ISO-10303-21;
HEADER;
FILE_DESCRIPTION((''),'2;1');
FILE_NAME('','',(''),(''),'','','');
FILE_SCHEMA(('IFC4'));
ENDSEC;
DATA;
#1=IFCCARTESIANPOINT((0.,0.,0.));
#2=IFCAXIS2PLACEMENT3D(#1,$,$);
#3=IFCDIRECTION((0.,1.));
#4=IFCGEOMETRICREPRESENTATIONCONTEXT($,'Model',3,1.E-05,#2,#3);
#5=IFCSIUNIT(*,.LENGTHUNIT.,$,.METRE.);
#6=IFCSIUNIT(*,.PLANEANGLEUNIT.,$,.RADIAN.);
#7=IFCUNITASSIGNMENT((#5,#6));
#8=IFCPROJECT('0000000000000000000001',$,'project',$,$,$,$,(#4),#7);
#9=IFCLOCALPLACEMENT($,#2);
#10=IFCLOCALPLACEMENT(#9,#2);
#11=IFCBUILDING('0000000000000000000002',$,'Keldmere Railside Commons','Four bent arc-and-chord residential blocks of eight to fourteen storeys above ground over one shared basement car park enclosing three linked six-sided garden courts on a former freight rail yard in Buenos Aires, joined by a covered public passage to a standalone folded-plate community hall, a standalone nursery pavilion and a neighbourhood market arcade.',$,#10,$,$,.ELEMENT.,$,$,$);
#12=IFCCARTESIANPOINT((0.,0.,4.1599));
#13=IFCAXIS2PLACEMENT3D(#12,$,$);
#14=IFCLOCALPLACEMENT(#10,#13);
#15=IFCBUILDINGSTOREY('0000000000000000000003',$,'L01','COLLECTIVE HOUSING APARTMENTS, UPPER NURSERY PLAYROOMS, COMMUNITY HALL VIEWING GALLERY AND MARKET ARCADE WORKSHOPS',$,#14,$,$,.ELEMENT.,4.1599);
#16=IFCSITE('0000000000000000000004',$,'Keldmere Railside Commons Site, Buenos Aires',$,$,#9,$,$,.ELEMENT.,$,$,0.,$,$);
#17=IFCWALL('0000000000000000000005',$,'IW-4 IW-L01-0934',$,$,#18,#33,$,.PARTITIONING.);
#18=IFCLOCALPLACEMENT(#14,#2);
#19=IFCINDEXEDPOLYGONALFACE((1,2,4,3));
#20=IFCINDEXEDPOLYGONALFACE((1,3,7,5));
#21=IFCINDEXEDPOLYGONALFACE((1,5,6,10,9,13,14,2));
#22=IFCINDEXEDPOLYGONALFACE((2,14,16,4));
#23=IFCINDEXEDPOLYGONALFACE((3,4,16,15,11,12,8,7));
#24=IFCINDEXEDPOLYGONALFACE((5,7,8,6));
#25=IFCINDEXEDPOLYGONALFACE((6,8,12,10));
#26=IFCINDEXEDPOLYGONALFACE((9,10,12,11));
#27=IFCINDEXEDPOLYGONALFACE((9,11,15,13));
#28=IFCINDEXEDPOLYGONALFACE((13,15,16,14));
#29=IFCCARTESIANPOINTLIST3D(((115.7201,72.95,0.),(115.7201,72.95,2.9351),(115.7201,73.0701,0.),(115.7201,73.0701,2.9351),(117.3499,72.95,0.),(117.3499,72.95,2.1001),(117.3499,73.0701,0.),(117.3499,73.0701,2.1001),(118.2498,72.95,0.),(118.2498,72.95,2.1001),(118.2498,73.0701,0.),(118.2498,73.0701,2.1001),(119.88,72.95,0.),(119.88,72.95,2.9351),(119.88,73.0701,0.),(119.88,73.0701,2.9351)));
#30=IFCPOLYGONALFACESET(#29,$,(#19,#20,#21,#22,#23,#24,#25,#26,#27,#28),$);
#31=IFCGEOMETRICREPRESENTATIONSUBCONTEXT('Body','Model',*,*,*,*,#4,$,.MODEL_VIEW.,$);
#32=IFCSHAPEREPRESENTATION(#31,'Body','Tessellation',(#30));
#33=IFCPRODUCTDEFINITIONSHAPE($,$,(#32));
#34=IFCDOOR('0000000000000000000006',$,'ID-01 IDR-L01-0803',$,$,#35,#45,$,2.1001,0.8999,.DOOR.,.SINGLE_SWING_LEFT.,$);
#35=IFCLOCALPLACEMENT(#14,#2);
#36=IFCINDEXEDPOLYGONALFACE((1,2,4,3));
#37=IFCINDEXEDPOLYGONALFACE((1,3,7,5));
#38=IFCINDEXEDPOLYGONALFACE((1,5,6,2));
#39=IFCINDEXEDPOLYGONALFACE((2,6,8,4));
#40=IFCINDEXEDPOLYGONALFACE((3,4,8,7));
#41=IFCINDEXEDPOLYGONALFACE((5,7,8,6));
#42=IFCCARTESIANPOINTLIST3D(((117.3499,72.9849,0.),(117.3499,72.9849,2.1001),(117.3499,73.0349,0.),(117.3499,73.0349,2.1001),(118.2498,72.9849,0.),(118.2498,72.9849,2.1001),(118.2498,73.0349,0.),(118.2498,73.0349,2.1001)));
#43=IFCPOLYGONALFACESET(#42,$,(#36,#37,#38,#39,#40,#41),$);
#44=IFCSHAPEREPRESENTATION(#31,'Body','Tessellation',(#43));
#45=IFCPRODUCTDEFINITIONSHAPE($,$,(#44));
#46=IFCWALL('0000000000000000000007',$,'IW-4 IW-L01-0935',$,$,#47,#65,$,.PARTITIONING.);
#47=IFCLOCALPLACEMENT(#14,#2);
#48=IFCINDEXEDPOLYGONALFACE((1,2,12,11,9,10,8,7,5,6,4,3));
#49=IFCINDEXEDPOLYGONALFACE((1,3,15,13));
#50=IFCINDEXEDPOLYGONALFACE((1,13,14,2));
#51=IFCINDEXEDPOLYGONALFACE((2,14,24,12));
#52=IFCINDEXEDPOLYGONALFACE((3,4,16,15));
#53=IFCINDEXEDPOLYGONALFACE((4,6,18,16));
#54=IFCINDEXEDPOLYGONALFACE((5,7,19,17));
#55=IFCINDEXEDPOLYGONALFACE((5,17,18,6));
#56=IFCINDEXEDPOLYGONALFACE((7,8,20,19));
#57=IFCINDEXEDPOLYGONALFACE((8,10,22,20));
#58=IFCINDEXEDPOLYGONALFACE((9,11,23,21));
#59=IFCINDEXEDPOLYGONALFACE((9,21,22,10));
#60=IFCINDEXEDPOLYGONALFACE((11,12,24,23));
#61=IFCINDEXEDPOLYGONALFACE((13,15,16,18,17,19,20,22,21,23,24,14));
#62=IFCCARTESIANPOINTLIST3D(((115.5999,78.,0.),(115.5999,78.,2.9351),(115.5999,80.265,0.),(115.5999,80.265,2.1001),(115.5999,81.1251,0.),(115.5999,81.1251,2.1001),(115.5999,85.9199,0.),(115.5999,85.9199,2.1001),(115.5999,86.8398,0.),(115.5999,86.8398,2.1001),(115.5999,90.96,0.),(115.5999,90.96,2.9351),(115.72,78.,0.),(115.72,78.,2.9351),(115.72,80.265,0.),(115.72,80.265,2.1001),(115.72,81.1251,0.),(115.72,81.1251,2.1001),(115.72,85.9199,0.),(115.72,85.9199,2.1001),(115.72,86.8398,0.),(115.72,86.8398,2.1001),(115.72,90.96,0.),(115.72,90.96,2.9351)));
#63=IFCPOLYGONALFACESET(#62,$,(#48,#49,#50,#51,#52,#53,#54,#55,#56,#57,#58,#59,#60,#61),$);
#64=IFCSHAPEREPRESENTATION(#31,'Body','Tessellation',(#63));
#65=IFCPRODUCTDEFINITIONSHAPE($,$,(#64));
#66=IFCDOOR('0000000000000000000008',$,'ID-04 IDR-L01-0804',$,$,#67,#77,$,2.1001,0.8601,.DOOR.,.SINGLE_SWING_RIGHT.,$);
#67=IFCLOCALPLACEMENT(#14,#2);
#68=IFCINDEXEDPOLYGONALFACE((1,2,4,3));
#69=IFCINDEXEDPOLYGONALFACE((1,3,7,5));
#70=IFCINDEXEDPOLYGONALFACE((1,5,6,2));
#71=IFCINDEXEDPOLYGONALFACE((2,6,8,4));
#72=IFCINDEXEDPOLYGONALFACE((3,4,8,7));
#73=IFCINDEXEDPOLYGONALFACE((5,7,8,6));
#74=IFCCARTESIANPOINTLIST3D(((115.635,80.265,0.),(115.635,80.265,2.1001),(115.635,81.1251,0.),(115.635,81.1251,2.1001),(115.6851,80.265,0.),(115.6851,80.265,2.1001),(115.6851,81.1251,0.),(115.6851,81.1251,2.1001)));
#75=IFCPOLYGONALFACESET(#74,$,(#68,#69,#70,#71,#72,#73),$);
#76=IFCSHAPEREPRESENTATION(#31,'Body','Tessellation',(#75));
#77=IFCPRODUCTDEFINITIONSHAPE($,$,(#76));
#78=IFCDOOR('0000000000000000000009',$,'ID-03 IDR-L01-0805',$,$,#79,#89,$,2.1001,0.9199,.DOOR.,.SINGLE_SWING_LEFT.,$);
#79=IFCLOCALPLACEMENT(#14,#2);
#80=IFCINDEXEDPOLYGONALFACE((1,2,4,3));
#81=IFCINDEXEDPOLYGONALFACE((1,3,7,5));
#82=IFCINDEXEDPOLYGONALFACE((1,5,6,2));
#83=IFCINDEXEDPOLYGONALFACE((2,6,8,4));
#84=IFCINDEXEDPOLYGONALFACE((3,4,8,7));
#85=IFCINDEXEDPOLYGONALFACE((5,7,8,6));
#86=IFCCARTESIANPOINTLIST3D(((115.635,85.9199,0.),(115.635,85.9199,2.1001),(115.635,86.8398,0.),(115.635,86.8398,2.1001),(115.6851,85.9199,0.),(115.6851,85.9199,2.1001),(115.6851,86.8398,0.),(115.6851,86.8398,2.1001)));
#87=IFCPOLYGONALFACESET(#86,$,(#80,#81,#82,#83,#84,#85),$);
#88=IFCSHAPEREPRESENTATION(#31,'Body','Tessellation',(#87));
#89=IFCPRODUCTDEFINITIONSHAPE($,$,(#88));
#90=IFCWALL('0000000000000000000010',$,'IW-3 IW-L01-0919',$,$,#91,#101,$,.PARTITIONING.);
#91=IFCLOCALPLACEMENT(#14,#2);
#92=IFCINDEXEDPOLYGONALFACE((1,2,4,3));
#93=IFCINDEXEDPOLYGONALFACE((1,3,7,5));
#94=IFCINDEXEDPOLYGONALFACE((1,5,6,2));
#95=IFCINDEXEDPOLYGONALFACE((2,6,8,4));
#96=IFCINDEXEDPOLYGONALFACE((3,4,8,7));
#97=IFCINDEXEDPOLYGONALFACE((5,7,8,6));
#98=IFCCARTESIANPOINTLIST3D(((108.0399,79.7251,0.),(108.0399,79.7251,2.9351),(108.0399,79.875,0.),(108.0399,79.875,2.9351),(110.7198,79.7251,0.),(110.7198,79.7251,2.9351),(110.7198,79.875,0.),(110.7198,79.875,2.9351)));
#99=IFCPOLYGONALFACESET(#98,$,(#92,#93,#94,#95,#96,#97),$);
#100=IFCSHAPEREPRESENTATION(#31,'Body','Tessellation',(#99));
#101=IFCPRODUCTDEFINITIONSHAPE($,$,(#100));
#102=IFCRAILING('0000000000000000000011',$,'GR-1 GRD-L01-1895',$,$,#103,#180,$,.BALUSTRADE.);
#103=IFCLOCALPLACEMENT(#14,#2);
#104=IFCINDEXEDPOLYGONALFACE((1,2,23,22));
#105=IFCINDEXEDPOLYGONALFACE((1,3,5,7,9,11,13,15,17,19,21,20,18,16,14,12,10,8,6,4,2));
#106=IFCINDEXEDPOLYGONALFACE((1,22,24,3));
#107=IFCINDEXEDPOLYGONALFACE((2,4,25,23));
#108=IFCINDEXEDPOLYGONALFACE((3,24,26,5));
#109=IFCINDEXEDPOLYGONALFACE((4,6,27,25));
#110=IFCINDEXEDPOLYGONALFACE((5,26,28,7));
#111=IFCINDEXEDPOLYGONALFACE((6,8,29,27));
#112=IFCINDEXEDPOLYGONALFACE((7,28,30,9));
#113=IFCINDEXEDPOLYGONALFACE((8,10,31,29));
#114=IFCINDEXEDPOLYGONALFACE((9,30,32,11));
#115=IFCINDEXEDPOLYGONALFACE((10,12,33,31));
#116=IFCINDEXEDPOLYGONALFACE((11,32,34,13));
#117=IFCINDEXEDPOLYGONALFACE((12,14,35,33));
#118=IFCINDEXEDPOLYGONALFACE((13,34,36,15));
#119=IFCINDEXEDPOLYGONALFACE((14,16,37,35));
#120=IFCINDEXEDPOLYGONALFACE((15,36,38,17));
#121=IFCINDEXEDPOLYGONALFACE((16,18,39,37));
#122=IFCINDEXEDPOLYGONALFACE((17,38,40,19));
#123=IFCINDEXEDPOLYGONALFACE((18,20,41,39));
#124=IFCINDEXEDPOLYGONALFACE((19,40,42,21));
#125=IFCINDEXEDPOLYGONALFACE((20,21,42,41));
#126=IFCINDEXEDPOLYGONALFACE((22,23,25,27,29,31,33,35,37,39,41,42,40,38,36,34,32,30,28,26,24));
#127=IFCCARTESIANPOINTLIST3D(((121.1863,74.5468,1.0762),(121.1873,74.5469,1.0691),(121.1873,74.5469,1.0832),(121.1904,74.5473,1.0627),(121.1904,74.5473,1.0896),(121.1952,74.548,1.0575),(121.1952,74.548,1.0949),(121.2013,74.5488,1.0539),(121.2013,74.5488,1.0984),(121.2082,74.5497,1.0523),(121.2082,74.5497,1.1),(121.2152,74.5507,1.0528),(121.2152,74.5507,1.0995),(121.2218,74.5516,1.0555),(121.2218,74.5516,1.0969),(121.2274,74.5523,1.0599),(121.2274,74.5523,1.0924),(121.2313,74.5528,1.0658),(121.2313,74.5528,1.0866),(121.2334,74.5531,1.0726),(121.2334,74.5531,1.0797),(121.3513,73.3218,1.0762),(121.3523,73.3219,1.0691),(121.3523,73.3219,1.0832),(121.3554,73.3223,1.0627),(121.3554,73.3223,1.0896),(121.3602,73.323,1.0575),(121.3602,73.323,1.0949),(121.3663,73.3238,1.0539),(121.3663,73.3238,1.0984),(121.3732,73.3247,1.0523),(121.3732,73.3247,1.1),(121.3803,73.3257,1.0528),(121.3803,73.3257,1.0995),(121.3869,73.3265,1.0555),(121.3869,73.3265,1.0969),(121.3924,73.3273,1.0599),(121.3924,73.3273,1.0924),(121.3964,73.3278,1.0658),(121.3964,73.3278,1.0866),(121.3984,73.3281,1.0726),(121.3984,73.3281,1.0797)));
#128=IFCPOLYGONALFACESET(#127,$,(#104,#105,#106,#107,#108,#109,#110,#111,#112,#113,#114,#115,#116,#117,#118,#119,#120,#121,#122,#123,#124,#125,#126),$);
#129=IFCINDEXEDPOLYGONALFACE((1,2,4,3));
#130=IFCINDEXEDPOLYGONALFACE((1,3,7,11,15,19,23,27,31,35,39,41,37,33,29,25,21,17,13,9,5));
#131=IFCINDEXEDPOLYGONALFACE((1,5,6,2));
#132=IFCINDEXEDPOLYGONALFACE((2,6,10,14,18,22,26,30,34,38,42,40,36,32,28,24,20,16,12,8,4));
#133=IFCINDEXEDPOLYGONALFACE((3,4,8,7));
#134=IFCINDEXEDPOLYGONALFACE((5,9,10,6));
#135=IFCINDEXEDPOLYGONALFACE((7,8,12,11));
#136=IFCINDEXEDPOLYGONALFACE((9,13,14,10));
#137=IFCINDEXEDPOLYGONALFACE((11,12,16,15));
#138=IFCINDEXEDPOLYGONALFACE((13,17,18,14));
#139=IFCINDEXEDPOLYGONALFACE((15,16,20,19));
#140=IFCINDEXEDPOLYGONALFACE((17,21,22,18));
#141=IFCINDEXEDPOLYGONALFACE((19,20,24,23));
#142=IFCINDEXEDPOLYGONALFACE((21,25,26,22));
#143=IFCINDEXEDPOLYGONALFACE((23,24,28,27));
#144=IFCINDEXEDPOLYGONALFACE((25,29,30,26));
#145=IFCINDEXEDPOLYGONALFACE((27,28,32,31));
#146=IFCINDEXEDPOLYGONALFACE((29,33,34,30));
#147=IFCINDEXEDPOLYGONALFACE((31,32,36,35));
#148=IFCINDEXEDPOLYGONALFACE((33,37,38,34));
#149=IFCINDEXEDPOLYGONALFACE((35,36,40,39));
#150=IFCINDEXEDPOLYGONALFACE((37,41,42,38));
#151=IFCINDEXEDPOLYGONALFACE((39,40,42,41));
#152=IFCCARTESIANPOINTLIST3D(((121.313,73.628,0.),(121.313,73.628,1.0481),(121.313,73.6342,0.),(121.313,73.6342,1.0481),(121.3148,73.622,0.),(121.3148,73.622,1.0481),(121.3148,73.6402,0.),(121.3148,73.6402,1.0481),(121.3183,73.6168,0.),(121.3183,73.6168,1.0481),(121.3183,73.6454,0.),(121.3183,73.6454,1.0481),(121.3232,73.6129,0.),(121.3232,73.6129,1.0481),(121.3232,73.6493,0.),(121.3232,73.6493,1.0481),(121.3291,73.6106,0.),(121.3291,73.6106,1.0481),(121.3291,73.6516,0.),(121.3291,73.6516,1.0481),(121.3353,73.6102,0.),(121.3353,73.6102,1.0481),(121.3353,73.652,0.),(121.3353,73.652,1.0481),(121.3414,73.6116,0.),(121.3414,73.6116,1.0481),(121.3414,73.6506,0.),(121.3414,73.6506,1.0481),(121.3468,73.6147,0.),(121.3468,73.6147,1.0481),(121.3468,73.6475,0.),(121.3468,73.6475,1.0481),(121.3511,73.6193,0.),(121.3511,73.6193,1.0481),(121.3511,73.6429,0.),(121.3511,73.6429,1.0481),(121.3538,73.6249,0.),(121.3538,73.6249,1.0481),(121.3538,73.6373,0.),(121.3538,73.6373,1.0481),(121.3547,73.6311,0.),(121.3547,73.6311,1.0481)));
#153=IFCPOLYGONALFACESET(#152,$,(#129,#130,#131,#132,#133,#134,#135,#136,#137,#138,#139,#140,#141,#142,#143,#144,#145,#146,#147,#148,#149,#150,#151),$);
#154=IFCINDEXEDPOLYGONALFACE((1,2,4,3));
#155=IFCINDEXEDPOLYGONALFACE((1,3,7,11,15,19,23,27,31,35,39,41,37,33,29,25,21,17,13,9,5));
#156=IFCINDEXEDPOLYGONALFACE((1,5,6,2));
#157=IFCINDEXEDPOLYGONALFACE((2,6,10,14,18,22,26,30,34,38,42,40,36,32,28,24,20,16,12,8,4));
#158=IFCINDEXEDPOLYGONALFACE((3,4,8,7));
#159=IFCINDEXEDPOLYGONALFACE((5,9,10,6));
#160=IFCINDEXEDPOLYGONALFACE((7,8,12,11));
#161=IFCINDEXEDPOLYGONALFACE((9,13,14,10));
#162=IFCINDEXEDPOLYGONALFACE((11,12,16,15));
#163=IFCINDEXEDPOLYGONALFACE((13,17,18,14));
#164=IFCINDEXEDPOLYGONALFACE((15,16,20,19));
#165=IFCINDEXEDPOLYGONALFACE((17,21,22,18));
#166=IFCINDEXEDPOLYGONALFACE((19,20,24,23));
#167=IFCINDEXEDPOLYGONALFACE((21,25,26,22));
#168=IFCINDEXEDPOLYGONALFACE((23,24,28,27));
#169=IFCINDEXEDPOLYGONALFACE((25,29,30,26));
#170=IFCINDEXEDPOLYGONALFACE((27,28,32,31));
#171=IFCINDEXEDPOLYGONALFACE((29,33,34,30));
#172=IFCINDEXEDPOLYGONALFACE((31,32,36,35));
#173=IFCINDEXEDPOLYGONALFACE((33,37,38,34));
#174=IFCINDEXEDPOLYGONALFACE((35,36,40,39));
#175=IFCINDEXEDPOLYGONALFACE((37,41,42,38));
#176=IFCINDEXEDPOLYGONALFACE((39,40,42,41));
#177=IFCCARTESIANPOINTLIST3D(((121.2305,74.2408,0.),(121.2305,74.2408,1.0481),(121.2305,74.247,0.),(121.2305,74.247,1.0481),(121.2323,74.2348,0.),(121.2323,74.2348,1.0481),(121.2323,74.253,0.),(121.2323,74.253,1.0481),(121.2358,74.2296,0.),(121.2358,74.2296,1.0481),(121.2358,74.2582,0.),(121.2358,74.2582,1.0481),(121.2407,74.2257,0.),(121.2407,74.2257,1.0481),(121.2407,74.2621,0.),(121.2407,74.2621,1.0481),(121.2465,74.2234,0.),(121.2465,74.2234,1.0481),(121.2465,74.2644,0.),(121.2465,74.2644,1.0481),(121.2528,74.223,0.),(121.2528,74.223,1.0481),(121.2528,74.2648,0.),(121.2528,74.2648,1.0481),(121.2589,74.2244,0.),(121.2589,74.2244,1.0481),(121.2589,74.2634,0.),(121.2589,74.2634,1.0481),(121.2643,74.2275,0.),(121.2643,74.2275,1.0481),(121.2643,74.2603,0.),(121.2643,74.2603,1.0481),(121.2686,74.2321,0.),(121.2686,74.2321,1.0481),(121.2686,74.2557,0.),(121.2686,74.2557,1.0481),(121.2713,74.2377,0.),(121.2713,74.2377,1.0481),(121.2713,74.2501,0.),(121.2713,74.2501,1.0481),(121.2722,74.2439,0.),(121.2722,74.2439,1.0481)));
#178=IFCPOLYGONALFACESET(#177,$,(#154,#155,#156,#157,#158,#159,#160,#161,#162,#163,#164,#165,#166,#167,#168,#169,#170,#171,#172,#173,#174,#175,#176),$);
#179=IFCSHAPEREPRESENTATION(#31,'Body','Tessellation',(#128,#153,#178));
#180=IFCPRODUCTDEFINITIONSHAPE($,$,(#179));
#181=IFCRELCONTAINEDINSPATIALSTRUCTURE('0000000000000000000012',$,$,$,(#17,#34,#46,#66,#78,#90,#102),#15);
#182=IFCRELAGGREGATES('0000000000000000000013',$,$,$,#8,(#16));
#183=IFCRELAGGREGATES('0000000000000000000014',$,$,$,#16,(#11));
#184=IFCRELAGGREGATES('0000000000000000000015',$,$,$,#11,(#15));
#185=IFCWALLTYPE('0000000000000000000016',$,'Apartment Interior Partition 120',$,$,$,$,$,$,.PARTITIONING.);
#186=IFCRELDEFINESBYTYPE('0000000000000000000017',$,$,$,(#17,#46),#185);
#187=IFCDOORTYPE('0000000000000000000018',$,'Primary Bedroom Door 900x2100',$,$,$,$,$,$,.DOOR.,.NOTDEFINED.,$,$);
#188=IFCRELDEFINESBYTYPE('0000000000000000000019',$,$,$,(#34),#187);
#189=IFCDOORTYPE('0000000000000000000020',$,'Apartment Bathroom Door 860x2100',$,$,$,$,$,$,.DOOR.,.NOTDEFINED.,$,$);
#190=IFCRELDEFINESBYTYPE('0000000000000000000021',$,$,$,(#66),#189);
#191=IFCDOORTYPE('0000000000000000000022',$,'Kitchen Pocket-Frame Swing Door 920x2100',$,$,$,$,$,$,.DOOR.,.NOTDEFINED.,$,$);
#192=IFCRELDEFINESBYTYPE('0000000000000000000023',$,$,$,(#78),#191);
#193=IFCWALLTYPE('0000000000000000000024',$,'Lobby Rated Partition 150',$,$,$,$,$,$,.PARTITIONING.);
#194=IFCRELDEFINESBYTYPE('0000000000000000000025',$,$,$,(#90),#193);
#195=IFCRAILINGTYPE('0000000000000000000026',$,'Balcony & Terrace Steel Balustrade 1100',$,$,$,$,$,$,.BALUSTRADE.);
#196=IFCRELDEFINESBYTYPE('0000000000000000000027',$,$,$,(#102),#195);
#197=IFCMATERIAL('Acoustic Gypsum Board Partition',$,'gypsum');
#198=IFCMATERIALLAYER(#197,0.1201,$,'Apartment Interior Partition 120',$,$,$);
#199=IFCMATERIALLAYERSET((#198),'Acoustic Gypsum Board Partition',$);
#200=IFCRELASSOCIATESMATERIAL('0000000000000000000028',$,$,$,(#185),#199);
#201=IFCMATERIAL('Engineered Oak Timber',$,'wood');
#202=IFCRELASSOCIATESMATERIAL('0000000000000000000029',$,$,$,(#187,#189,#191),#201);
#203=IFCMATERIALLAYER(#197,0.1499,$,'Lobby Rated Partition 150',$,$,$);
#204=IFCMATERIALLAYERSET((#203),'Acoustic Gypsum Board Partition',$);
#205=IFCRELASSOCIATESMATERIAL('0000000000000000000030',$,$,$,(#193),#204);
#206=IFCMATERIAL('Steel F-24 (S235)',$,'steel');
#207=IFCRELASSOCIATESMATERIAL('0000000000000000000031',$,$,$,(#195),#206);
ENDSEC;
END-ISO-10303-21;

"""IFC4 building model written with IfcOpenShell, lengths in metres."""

from ifc_helpers import new_model, si_unit, direction, frame, frame_2d, origin, origin_2d, place, context, subcontext, project, spatial, rectangle, circle, extrude, material, layer, layer_set, type_object, element, fill, save


model = new_model("IFC4")

# Units and contexts
model_context = context("Model", 3, precision=1e-05, world=origin(), true_north=direction((0.0, 1.0)))
body_context = subcontext(model_context, "Body", "Model", "MODEL_VIEW")
ifc_project = project(units=[si_unit("LENGTHUNIT", "METRE"), si_unit("PLANEANGLEUNIT", "RADIAN")], contexts=[model_context])

# Site, building, storey
site_placement = place(None, origin())
site = spatial("IfcSite", under=ifc_project, at=site_placement, Name="Keldmere Railside Commons Site, Buenos Aires", CompositionType="ELEMENT", RefElevation=0.0)
building_placement = place(site_placement, origin())
building = spatial("IfcBuilding", under=site, at=building_placement, Name="Keldmere Railside Commons", Description="Four bent arc-and-chord residential blocks of eight to fourteen storeys above ground over one shared basement car park enclosing three linked six-sided garden courts on a former freight rail yard in Buenos Aires, joined by a covered public passage to a standalone folded-plate community hall, a standalone nursery pavilion and a neighbourhood market arcade.", CompositionType="ELEMENT")
storey_placement = place(building_placement, frame((0.0, 0.0, 4.1599)))
storey = spatial("IfcBuildingStorey", under=building, at=storey_placement, Name="L01", Description="COLLECTIVE HOUSING APARTMENTS, UPPER NURSERY PLAYROOMS, COMMUNITY HALL VIEWING GALLERY AND MARKET ARCADE WORKSHOPS", CompositionType="ELEMENT", Elevation=4.1599)

# Shared definitions
ifc_material_1 = material(Name="Acoustic Gypsum Board Partition", Category="gypsum")

# Wall, opening, door
ifc_layer_1 = layer(ifc_material_1, 0.1201, Name="Apartment Interior Partition 120")
ifc_layer_set_1 = layer_set([ifc_layer_1], Name="Acoustic Gypsum Board Partition")
wall_type_1 = type_object("IfcWallType", Name="Apartment Interior Partition 120", PredefinedType="PARTITIONING", material=ifc_layer_set_1)
wall_1_placement = place(storey_placement, frame((115.72, 73.01, 0.0), z_axis=(0.0, 0.0, 1.0), x_axis=(1.0, 0.0, 0.0)))
wall_1 = element("IfcWall", 1, at=wall_1_placement, inside=storey, type_object=wall_type_1, Name="IW-4 IW-L01-0934", PredefinedType="PARTITIONING", context=body_context, shape_type="SweptSolid", body=[
    extrude(rectangle(XDim=4.1599, YDim=0.1201, at=frame_2d((2.0801, 0.0))), origin(), (0.0, 0.0, 1.0), 2.9351),
])
opening_1_placement = place(wall_1_placement, frame((1.6299, 0.0, 0.0)))
opening_1 = element("IfcOpeningElement", 2, at=opening_1_placement, cuts=wall_1, PredefinedType="OPENING", context=body_context, shape_type="SweptSolid", body=[
    extrude(rectangle(XDim=0.8999, YDim=2.1001, at=frame_2d((0.45, 1.05))), frame((0.0, 0.0701, 0.0), z_axis=(0.0, -1.0, 0.0), x_axis=(1.0, 0.0, 0.0)), (0.0, 0.0, 1.0), 0.1401),
])
ifc_material_2 = material(Name="Engineered Oak Timber", Category="wood")
door_type_1 = type_object("IfcDoorType", Name="Primary Bedroom Door 900x2100", OperationType="NOTDEFINED", PredefinedType="DOOR", material=ifc_material_2)
door_1_placement = place(opening_1_placement, origin())
door_1 = element("IfcDoor", 3, at=door_1_placement, inside=storey, type_object=door_type_1, Name="ID-01 IDR-L01-0803", OperationType="SINGLE_SWING_LEFT", OverallHeight=2.1001, OverallWidth=0.8999, PredefinedType="DOOR", context=body_context, shape_type="SweptSolid", body=[
    extrude(rectangle(XDim=0.8999, YDim=2.1001, at=frame_2d((0.45, 1.05))), frame((0.0, 0.0249, 0.0), z_axis=(0.0, -1.0, 0.0), x_axis=(1.0, 0.0, 0.0)), (0.0, 0.0, 1.0), 0.05),
])
fill(opening_1, door_1)

# Wall, openings, doors
wall_2_placement = place(storey_placement, frame((115.6599, 78.0, 0.0), z_axis=(0.0, 0.0, 1.0), x_axis=(0.0, 1.0, 0.0)))
wall_2 = element("IfcWall", 4, at=wall_2_placement, inside=storey, type_object=wall_type_1, Name="IW-4 IW-L01-0935", PredefinedType="PARTITIONING", context=body_context, shape_type="SweptSolid", body=[
    extrude(rectangle(XDim=12.96, YDim=0.1201, at=frame_2d((6.48, 0.0))), origin(), (0.0, 0.0, 1.0), 2.9351),
])
opening_2_placement = place(wall_2_placement, frame((2.2649, 0.0, 0.0)))
opening_2 = element("IfcOpeningElement", 5, at=opening_2_placement, cuts=wall_2, PredefinedType="OPENING", context=body_context, shape_type="SweptSolid", body=[
    extrude(rectangle(XDim=0.8601, YDim=2.1001, at=frame_2d((0.4302, 1.05))), frame((0.0, 0.0701, 0.0), z_axis=(0.0, -1.0, 0.0), x_axis=(1.0, 0.0, 0.0)), (0.0, 0.0, 1.0), 0.1401),
])
opening_3_placement = place(wall_2_placement, frame((7.9199, 0.0, 0.0)))
opening_3 = element("IfcOpeningElement", 6, at=opening_3_placement, cuts=wall_2, PredefinedType="OPENING", context=body_context, shape_type="SweptSolid", body=[
    extrude(rectangle(XDim=0.9199, YDim=2.1001, at=frame_2d((0.46, 1.05))), frame((0.0, 0.0701, 0.0), z_axis=(0.0, -1.0, 0.0), x_axis=(1.0, 0.0, 0.0)), (0.0, 0.0, 1.0), 0.1401),
])
door_type_2 = type_object("IfcDoorType", Name="Apartment Bathroom Door 860x2100", OperationType="NOTDEFINED", PredefinedType="DOOR", material=ifc_material_2)
door_2_placement = place(opening_2_placement, origin())
door_2 = element("IfcDoor", 7, at=door_2_placement, inside=storey, type_object=door_type_2, Name="ID-04 IDR-L01-0804", OperationType="SINGLE_SWING_RIGHT", OverallHeight=2.1001, OverallWidth=0.8601, PredefinedType="DOOR", context=body_context, shape_type="SweptSolid", body=[
    extrude(rectangle(XDim=0.8601, YDim=2.1001, at=frame_2d((0.4302, 1.05))), frame((0.0, 0.0249, 0.0), z_axis=(0.0, -1.0, 0.0), x_axis=(1.0, 0.0, 0.0)), (0.0, 0.0, 1.0), 0.05),
])
fill(opening_2, door_2)
door_type_3 = type_object("IfcDoorType", Name="Kitchen Pocket-Frame Swing Door 920x2100", OperationType="NOTDEFINED", PredefinedType="DOOR", material=ifc_material_2)
door_3_placement = place(opening_3_placement, origin())
door_3 = element("IfcDoor", 8, at=door_3_placement, inside=storey, type_object=door_type_3, Name="ID-03 IDR-L01-0805", OperationType="SINGLE_SWING_LEFT", OverallHeight=2.1001, OverallWidth=0.9199, PredefinedType="DOOR", context=body_context, shape_type="SweptSolid", body=[
    extrude(rectangle(XDim=0.9199, YDim=2.1001, at=frame_2d((0.46, 1.05))), frame((0.0, 0.0249, 0.0), z_axis=(0.0, -1.0, 0.0), x_axis=(1.0, 0.0, 0.0)), (0.0, 0.0, 1.0), 0.05),
])
fill(opening_3, door_3)

# Wall
ifc_layer_2 = layer(ifc_material_1, 0.1499, Name="Lobby Rated Partition 150")
ifc_layer_set_2 = layer_set([ifc_layer_2], Name="Acoustic Gypsum Board Partition")
wall_type_2 = type_object("IfcWallType", Name="Lobby Rated Partition 150", PredefinedType="PARTITIONING", material=ifc_layer_set_2)
wall_3_placement = place(storey_placement, frame((108.04, 79.8, 0.0), z_axis=(0.0, 0.0, 1.0), x_axis=(1.0, 0.0, 0.0)))
element("IfcWall", 9, at=wall_3_placement, inside=storey, type_object=wall_type_2, Name="IW-3 IW-L01-0919", PredefinedType="PARTITIONING", context=body_context, shape_type="SweptSolid", body=[
    extrude(rectangle(XDim=2.6799, YDim=0.1499, at=frame_2d((1.3398, 0.0))), origin(), (0.0, 0.0, 1.0), 2.9351),
])

# Railing
ifc_material_3 = material(Name="Steel F-24 (S235)", Category="steel")
railing_type = type_object("IfcRailingType", Name="Balcony & Terrace Steel Balustrade 1100", PredefinedType="BALUSTRADE", material=ifc_material_3)
railing_1_placement = place(storey_placement, frame((121.375, 73.325, 0.0)))
element("IfcRailing", 10, at=railing_1_placement, inside=storey, type_object=railing_type, Name="GR-1 GRD-L01-1895", PredefinedType="BALUSTRADE", context=body_context, shape_type="SweptSolid", body=[
    extrude(circle(Radius=0.0239, at=origin_2d()), frame((0.0, 0.0, 1.0762), z_axis=(-0.133509, 0.991048, 0.0), x_axis=(-0.991048, -0.133509, 0.0)), (0.0, 0.0, 1.0), 1.2361),
    extrude(circle(Radius=0.021, at=origin_2d()), frame((-0.0413, 0.3062, 0.0)), (0.0, 0.0, 1.0), 1.0481),
    extrude(circle(Radius=0.021, at=origin_2d()), frame((-0.1238, 0.9189, 0.0)), (0.0, 0.0, 1.0), 1.0481),
])

save(model, "model.ifc")
